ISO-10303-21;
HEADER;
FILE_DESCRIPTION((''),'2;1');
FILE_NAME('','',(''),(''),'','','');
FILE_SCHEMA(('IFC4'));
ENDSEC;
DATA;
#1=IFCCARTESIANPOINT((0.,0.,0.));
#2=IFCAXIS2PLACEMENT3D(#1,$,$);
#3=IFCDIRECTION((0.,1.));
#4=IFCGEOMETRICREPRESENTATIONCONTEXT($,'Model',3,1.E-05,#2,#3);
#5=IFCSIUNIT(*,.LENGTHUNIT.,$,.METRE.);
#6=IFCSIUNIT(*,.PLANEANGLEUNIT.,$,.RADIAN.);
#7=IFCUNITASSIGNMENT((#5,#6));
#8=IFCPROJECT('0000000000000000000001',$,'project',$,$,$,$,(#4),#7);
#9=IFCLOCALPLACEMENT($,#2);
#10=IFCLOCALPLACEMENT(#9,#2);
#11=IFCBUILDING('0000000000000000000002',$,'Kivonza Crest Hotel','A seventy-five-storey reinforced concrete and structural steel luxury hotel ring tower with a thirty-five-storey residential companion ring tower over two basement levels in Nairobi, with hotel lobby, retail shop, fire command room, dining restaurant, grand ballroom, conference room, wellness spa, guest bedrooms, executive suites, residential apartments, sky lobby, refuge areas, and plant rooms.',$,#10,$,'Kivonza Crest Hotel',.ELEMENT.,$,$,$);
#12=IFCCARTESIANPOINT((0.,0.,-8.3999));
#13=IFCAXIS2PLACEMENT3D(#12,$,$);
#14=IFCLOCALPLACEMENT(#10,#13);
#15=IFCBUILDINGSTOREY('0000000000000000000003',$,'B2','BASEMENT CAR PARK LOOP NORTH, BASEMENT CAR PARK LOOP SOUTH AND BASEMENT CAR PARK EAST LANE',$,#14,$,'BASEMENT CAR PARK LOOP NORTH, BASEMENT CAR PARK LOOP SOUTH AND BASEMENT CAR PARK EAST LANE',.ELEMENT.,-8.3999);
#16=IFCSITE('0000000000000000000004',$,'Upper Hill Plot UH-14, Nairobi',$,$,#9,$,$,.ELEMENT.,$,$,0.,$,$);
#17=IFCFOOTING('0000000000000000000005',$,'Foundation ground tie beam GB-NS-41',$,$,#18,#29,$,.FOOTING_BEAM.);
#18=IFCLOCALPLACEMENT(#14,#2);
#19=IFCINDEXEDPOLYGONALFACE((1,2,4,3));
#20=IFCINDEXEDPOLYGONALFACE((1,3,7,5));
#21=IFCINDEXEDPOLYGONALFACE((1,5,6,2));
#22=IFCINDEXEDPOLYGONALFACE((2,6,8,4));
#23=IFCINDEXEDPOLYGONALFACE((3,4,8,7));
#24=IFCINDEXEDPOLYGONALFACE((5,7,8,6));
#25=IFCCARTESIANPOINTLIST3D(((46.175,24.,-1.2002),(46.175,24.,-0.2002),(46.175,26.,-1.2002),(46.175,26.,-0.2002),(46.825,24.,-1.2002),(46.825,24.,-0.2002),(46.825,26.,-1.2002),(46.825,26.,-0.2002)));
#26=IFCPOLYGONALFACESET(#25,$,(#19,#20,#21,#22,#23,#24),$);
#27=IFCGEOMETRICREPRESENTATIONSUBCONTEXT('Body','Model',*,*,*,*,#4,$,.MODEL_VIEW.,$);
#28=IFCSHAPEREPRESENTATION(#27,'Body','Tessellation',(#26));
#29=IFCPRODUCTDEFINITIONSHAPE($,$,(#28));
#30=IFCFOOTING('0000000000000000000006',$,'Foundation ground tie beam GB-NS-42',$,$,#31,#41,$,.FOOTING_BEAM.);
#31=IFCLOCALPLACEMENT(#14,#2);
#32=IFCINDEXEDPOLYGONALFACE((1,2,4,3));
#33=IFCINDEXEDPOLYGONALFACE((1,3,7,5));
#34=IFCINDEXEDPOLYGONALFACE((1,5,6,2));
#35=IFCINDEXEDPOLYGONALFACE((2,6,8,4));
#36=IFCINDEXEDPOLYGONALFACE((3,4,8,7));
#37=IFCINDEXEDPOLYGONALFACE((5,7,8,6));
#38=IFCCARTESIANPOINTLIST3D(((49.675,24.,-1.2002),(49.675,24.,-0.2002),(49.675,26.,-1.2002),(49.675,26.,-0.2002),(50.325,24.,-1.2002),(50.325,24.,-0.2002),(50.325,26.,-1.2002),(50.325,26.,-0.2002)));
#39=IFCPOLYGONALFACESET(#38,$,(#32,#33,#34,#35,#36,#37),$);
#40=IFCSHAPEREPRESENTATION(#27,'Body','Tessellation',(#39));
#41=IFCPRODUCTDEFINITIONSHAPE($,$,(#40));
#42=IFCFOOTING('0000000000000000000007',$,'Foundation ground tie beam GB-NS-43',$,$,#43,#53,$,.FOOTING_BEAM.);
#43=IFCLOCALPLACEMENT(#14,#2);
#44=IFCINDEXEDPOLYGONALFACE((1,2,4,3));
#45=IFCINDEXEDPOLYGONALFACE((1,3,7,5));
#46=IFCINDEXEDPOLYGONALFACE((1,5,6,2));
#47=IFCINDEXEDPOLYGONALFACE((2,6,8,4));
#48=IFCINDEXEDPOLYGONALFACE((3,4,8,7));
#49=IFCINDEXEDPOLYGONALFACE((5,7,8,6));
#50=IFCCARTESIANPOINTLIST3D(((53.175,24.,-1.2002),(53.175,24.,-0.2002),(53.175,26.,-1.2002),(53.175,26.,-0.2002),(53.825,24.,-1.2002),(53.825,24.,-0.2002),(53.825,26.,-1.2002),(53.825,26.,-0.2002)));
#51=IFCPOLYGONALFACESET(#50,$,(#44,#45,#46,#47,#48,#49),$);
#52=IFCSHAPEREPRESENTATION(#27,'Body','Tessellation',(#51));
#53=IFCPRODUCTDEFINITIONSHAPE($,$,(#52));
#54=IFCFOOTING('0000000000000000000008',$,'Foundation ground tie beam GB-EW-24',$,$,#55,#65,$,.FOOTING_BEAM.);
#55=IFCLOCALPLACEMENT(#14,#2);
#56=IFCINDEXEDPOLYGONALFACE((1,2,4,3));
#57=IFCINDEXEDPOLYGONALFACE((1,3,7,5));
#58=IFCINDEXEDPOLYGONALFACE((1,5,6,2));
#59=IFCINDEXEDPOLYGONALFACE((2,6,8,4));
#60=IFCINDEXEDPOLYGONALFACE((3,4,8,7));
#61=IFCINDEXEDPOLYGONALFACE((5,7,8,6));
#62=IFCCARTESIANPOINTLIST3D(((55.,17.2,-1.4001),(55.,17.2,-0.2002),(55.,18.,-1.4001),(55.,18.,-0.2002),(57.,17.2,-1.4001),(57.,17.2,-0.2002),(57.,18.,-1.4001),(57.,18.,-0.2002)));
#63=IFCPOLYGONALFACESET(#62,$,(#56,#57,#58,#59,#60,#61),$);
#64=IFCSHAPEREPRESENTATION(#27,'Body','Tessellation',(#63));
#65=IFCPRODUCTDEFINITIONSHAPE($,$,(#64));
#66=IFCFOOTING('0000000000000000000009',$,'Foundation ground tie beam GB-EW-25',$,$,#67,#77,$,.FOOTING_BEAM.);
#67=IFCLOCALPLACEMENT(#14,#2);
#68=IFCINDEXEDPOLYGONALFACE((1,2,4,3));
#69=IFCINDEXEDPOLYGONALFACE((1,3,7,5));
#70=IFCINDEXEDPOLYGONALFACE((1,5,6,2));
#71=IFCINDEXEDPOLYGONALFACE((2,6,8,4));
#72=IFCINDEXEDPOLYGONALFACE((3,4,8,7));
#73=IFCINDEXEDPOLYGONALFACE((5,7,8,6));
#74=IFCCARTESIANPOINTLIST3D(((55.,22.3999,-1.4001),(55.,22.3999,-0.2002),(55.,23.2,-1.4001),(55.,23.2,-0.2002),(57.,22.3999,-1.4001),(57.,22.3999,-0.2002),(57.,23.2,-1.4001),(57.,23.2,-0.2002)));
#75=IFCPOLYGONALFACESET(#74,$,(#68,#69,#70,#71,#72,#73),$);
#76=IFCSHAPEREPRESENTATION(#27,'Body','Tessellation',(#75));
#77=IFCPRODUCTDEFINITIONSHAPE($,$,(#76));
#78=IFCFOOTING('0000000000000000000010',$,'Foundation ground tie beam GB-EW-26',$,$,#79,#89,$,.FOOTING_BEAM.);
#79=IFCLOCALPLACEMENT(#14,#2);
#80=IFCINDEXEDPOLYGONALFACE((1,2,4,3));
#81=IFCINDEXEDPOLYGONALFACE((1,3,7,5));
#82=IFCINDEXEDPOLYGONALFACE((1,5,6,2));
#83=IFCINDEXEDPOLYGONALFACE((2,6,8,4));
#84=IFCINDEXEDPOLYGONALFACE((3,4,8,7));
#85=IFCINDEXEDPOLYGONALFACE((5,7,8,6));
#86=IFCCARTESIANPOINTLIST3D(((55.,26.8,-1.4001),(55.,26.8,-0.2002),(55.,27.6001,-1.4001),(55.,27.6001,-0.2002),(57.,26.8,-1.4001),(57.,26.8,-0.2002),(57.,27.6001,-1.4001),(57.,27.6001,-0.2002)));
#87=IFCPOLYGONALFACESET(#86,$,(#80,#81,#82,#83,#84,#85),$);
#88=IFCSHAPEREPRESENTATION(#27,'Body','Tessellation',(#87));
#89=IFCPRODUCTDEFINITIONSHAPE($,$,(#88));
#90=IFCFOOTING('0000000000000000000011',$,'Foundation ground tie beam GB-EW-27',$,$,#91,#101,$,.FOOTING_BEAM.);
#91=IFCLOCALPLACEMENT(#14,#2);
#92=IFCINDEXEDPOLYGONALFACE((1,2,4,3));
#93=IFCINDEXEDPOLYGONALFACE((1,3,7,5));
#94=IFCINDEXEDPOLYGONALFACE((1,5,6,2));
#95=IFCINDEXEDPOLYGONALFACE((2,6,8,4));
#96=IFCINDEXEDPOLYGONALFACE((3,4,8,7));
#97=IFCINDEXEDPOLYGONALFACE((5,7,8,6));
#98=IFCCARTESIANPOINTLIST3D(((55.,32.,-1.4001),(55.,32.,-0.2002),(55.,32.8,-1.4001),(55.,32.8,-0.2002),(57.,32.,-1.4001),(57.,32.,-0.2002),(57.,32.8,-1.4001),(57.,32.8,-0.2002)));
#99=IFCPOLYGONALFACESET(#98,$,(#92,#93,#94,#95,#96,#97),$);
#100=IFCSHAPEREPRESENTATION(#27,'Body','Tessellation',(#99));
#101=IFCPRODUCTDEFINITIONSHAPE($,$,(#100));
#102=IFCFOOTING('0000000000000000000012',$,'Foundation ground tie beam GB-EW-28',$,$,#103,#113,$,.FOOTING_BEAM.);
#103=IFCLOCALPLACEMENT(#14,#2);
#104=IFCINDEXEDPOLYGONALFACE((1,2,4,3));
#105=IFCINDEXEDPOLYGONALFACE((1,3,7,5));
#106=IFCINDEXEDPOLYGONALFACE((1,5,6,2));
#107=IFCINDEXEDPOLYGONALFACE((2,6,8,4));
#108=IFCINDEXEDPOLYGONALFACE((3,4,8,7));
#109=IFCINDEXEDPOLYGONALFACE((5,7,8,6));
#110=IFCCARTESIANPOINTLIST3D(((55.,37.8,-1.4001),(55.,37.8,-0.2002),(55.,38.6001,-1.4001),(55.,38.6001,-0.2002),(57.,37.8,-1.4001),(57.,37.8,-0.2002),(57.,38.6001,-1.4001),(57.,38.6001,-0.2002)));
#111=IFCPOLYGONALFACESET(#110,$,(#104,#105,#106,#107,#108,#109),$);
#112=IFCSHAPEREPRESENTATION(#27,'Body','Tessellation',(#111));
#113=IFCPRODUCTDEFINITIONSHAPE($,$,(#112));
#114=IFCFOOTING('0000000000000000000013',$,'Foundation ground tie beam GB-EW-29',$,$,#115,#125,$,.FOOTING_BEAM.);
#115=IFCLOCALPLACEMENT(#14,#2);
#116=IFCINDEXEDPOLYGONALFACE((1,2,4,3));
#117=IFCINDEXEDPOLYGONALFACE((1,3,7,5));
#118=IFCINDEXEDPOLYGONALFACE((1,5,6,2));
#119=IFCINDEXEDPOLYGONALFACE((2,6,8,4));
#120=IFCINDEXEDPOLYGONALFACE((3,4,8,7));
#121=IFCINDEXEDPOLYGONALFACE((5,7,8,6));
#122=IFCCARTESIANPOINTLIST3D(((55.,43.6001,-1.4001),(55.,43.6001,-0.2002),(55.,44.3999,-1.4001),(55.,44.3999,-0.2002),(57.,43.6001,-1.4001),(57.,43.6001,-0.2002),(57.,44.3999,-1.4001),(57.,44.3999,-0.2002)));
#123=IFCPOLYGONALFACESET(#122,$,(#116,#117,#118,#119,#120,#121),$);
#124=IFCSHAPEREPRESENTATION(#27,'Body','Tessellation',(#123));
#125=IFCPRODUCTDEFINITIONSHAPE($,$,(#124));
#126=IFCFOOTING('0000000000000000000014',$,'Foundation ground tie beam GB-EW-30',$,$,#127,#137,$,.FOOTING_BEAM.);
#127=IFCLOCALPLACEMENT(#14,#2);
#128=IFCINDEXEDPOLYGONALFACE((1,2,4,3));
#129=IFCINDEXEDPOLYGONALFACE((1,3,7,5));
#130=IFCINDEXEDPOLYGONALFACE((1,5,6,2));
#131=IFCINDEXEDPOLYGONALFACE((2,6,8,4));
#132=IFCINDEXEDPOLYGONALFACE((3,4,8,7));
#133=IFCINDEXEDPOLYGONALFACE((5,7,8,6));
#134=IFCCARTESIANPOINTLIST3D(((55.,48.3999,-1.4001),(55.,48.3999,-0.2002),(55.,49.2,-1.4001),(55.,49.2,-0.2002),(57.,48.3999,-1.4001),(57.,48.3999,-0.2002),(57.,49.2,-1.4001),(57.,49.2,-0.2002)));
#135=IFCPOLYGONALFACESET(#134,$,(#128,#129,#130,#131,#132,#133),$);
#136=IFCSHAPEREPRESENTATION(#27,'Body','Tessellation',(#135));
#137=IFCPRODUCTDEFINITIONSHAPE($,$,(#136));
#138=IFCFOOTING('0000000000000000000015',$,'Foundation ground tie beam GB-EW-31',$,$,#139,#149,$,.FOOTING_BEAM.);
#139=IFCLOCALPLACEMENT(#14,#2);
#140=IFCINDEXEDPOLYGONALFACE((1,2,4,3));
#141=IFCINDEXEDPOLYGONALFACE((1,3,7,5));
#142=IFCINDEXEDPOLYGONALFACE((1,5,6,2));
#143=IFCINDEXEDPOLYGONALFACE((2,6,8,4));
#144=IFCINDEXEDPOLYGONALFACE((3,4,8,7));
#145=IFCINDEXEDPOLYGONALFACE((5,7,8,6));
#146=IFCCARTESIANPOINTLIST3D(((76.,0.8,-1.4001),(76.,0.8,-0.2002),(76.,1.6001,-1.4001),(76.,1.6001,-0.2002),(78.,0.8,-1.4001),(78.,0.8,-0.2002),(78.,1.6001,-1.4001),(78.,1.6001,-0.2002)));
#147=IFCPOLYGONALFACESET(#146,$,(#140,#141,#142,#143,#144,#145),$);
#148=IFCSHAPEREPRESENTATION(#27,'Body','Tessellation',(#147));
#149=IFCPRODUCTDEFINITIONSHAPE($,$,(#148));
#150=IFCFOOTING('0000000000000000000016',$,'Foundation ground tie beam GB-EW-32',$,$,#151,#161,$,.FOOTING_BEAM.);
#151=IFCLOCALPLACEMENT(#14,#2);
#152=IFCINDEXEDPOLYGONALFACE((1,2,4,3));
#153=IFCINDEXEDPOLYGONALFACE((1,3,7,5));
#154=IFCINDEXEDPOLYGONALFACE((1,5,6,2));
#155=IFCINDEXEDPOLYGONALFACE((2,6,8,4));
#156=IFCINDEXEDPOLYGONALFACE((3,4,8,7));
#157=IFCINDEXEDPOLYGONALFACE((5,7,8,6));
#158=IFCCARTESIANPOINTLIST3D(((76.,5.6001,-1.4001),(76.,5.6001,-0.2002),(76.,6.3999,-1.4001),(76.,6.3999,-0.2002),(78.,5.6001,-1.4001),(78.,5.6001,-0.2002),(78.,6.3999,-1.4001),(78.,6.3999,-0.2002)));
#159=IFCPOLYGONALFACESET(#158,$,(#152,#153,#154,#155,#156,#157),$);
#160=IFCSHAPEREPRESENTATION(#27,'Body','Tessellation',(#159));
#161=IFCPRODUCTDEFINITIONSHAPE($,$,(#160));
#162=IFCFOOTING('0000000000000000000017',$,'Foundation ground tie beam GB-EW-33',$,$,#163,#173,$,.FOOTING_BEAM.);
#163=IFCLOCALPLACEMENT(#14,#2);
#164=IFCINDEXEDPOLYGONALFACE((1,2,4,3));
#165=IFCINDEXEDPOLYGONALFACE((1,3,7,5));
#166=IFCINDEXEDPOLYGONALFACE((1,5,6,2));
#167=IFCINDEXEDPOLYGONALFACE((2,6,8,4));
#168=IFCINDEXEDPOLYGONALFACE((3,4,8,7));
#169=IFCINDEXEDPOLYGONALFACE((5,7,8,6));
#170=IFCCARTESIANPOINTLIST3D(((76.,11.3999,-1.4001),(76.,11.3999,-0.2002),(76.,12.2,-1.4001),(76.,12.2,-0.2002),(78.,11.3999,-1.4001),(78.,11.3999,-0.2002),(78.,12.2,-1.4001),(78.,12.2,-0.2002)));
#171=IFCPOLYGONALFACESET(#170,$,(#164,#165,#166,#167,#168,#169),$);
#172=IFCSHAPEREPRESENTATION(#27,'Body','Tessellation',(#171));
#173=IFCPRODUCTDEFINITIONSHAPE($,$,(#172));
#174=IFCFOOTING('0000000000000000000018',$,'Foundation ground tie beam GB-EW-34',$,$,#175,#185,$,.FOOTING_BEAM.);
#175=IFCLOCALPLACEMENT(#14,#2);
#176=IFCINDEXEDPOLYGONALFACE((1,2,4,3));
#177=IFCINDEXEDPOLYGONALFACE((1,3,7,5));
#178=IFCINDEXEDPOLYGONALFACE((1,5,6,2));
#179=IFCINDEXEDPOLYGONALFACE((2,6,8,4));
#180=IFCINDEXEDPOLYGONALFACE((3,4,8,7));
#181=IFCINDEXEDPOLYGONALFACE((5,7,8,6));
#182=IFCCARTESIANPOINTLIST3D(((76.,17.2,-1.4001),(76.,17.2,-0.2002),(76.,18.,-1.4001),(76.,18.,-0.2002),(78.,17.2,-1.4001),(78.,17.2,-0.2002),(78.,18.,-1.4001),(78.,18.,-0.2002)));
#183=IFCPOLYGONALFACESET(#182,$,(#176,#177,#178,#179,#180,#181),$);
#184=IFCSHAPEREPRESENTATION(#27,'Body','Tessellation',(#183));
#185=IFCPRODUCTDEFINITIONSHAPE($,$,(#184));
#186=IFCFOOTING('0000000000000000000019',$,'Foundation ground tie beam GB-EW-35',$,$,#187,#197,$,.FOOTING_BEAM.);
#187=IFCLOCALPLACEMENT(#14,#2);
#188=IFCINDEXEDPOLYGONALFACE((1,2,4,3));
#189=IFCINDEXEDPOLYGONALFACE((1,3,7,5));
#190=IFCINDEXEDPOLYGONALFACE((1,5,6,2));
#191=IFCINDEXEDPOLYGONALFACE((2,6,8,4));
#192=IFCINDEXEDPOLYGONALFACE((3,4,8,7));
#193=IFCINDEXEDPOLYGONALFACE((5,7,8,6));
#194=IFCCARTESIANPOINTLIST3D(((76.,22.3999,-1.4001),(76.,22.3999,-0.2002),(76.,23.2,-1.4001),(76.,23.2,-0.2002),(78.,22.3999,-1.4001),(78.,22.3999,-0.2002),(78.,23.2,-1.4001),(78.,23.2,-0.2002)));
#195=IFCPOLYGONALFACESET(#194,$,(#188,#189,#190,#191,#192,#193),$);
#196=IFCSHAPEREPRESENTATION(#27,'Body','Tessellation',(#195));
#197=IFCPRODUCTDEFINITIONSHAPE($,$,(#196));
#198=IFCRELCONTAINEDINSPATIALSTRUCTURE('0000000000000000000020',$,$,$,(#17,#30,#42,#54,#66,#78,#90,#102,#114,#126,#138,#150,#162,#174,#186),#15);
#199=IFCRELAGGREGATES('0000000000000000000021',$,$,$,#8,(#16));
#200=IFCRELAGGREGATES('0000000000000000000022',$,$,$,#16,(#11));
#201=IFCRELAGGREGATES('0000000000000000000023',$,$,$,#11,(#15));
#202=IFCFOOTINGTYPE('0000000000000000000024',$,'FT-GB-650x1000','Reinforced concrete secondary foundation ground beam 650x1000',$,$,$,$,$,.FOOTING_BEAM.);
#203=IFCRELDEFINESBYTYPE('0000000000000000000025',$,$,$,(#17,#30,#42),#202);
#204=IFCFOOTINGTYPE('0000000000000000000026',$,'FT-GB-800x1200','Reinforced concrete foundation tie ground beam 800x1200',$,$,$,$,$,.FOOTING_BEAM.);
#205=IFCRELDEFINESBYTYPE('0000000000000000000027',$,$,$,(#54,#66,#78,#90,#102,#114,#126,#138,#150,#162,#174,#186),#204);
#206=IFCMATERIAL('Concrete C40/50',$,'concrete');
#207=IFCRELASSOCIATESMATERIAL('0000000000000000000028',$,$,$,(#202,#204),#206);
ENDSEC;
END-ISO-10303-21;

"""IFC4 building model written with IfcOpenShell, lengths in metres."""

from ifc_helpers import new_model, si_unit, direction, frame, origin, place, context, subcontext, project, spatial, polyline, outline, extrude, material, type_object, element, save


model = new_model("IFC4")

# Units and contexts
model_context = context("Model", 3, precision=1e-05, world=origin(), true_north=direction((0.0, 1.0)))
body_context = subcontext(model_context, "Body", "Model", "MODEL_VIEW")
ifc_project = project(units=[si_unit("LENGTHUNIT", "METRE"), si_unit("PLANEANGLEUNIT", "RADIAN")], contexts=[model_context])

# Site, building, storey
site_placement = place(None, origin())
site = spatial("IfcSite", under=ifc_project, at=site_placement, Name="Upper Hill Plot UH-14, Nairobi", CompositionType="ELEMENT", RefElevation=0.0)
building_placement = place(site_placement, origin())
building = spatial("IfcBuilding", under=site, at=building_placement, Name="Kivonza Crest Hotel", Description="A seventy-five-storey reinforced concrete and structural steel luxury hotel ring tower with a thirty-five-storey residential companion ring tower over two basement levels in Nairobi, with hotel lobby, retail shop, fire command room, dining restaurant, grand ballroom, conference room, wellness spa, guest bedrooms, executive suites, residential apartments, sky lobby, refuge areas, and plant rooms.", LongName="Kivonza Crest Hotel", CompositionType="ELEMENT")
storey_placement = place(building_placement, frame((0.0, 0.0, -8.3999)))
storey = spatial("IfcBuildingStorey", under=building, at=storey_placement, Name="B2", Description="BASEMENT CAR PARK LOOP NORTH, BASEMENT CAR PARK LOOP SOUTH AND BASEMENT CAR PARK EAST LANE", LongName="BASEMENT CAR PARK LOOP NORTH, BASEMENT CAR PARK LOOP SOUTH AND BASEMENT CAR PARK EAST LANE", CompositionType="ELEMENT", Elevation=-8.3999)

# Footings
ifc_material = material(Name="Concrete C40/50", Category="concrete")
footing_type_1 = type_object("IfcFootingType", Name="FT-GB-650x1000", Description="Reinforced concrete secondary foundation ground beam 650x1000", PredefinedType="FOOTING_BEAM", material=ifc_material)
footing_1_placement = place(storey_placement, frame((0.0, 0.0, -1.2002)))
element("IfcFooting", 1, at=footing_1_placement, inside=storey, type_object=footing_type_1, Name="Foundation ground tie beam GB-NS-41", PredefinedType="FOOTING_BEAM", context=body_context, shape_type="SweptSolid", body=[
    extrude(outline(polyline([(46.175, 24.0), (46.825, 24.0), (46.825, 26.0), (46.175, 26.0), (46.175, 24.0)])), origin(), (0.0, 0.0, 1.0), 1.0),
])
footing_2_placement = place(storey_placement, frame((0.0, 0.0, -1.2002)))
element("IfcFooting", 2, at=footing_2_placement, inside=storey, type_object=footing_type_1, Name="Foundation ground tie beam GB-NS-42", PredefinedType="FOOTING_BEAM", context=body_context, shape_type="SweptSolid", body=[
    extrude(outline(polyline([(49.675, 24.0), (50.325, 24.0), (50.325, 26.0), (49.675, 26.0), (49.675, 24.0)])), origin(), (0.0, 0.0, 1.0), 1.0),
])
footing_3_placement = place(storey_placement, frame((0.0, 0.0, -1.2002)))
element("IfcFooting", 3, at=footing_3_placement, inside=storey, type_object=footing_type_1, Name="Foundation ground tie beam GB-NS-43", PredefinedType="FOOTING_BEAM", context=body_context, shape_type="SweptSolid", body=[
    extrude(outline(polyline([(53.175, 24.0), (53.825, 24.0), (53.825, 26.0), (53.175, 26.0), (53.175, 24.0)])), origin(), (0.0, 0.0, 1.0), 1.0),
])
footing_type_2 = type_object("IfcFootingType", Name="FT-GB-800x1200", Description="Reinforced concrete foundation tie ground beam 800x1200", PredefinedType="FOOTING_BEAM", material=ifc_material)
footing_4_placement = place(storey_placement, frame((0.0, 0.0, -1.4001)))
element("IfcFooting", 4, at=footing_4_placement, inside=storey, type_object=footing_type_2, Name="Foundation ground tie beam GB-EW-24", PredefinedType="FOOTING_BEAM", context=body_context, shape_type="SweptSolid", body=[
    extrude(outline(polyline([(55.0, 17.2), (57.0, 17.2), (57.0, 18.0), (55.0, 18.0), (55.0, 17.2)])), origin(), (0.0, 0.0, 1.0), 1.2),
])
footing_5_placement = place(storey_placement, frame((0.0, 0.0, -1.4001)))
element("IfcFooting", 5, at=footing_5_placement, inside=storey, type_object=footing_type_2, Name="Foundation ground tie beam GB-EW-25", PredefinedType="FOOTING_BEAM", context=body_context, shape_type="SweptSolid", body=[
    extrude(outline(polyline([(55.0, 22.3999), (57.0, 22.3999), (57.0, 23.2), (55.0, 23.2), (55.0, 22.3999)])), origin(), (0.0, 0.0, 1.0), 1.2),
])
footing_6_placement = place(storey_placement, frame((0.0, 0.0, -1.4001)))
element("IfcFooting", 6, at=footing_6_placement, inside=storey, type_object=footing_type_2, Name="Foundation ground tie beam GB-EW-26", PredefinedType="FOOTING_BEAM", context=body_context, shape_type="SweptSolid", body=[
    extrude(outline(polyline([(55.0, 26.8), (57.0, 26.8), (57.0, 27.6001), (55.0, 27.6001), (55.0, 26.8)])), origin(), (0.0, 0.0, 1.0), 1.2),
])
footing_7_placement = place(storey_placement, frame((0.0, 0.0, -1.4001)))
element("IfcFooting", 7, at=footing_7_placement, inside=storey, type_object=footing_type_2, Name="Foundation ground tie beam GB-EW-27", PredefinedType="FOOTING_BEAM", context=body_context, shape_type="SweptSolid", body=[
    extrude(outline(polyline([(55.0, 32.0), (57.0, 32.0), (57.0, 32.8), (55.0, 32.8), (55.0, 32.0)])), origin(), (0.0, 0.0, 1.0), 1.2),
])
footing_8_placement = place(storey_placement, frame((0.0, 0.0, -1.4001)))
element("IfcFooting", 8, at=footing_8_placement, inside=storey, type_object=footing_type_2, Name="Foundation ground tie beam GB-EW-28", PredefinedType="FOOTING_BEAM", context=body_context, shape_type="SweptSolid", body=[
    extrude(outline(polyline([(55.0, 37.8), (57.0, 37.8), (57.0, 38.6001), (55.0, 38.6001), (55.0, 37.8)])), origin(), (0.0, 0.0, 1.0), 1.2),
])
footing_9_placement = place(storey_placement, frame((0.0, 0.0, -1.4001)))
element("IfcFooting", 9, at=footing_9_placement, inside=storey, type_object=footing_type_2, Name="Foundation ground tie beam GB-EW-29", PredefinedType="FOOTING_BEAM", context=body_context, shape_type="SweptSolid", body=[
    extrude(outline(polyline([(55.0, 43.6001), (57.0, 43.6001), (57.0, 44.3999), (55.0, 44.3999), (55.0, 43.6001)])), origin(), (0.0, 0.0, 1.0), 1.2),
])
footing_10_placement = place(storey_placement, frame((0.0, 0.0, -1.4001)))
element("IfcFooting", 10, at=footing_10_placement, inside=storey, type_object=footing_type_2, Name="Foundation ground tie beam GB-EW-30", PredefinedType="FOOTING_BEAM", context=body_context, shape_type="SweptSolid", body=[
    extrude(outline(polyline([(55.0, 48.3999), (57.0, 48.3999), (57.0, 49.2), (55.0, 49.2), (55.0, 48.3999)])), origin(), (0.0, 0.0, 1.0), 1.2),
])
footing_11_placement = place(storey_placement, frame((0.0, 0.0, -1.4001)))
element("IfcFooting", 11, at=footing_11_placement, inside=storey, type_object=footing_type_2, Name="Foundation ground tie beam GB-EW-31", PredefinedType="FOOTING_BEAM", context=body_context, shape_type="SweptSolid", body=[
    extrude(outline(polyline([(76.0, 0.8), (78.0, 0.8), (78.0, 1.6001), (76.0, 1.6001), (76.0, 0.8)])), origin(), (0.0, 0.0, 1.0), 1.2),
])
footing_12_placement = place(storey_placement, frame((0.0, 0.0, -1.4001)))
element("IfcFooting", 12, at=footing_12_placement, inside=storey, type_object=footing_type_2, Name="Foundation ground tie beam GB-EW-32", PredefinedType="FOOTING_BEAM", context=body_context, shape_type="SweptSolid", body=[
    extrude(outline(polyline([(76.0, 5.6001), (78.0, 5.6001), (78.0, 6.3999), (76.0, 6.3999), (76.0, 5.6001)])), origin(), (0.0, 0.0, 1.0), 1.2),
])
footing_13_placement = place(storey_placement, frame((0.0, 0.0, -1.4001)))
element("IfcFooting", 13, at=footing_13_placement, inside=storey, type_object=footing_type_2, Name="Foundation ground tie beam GB-EW-33", PredefinedType="FOOTING_BEAM", context=body_context, shape_type="SweptSolid", body=[
    extrude(outline(polyline([(76.0, 11.3999), (78.0, 11.3999), (78.0, 12.2), (76.0, 12.2), (76.0, 11.3999)])), origin(), (0.0, 0.0, 1.0), 1.2),
])
footing_14_placement = place(storey_placement, frame((0.0, 0.0, -1.4001)))
element("IfcFooting", 14, at=footing_14_placement, inside=storey, type_object=footing_type_2, Name="Foundation ground tie beam GB-EW-34", PredefinedType="FOOTING_BEAM", context=body_context, shape_type="SweptSolid", body=[
    extrude(outline(polyline([(76.0, 17.2), (78.0, 17.2), (78.0, 18.0), (76.0, 18.0), (76.0, 17.2)])), origin(), (0.0, 0.0, 1.0), 1.2),
])
footing_15_placement = place(storey_placement, frame((0.0, 0.0, -1.4001)))
element("IfcFooting", 15, at=footing_15_placement, inside=storey, type_object=footing_type_2, Name="Foundation ground tie beam GB-EW-35", PredefinedType="FOOTING_BEAM", context=body_context, shape_type="SweptSolid", body=[
    extrude(outline(polyline([(76.0, 22.3999), (78.0, 22.3999), (78.0, 23.2), (76.0, 23.2), (76.0, 22.3999)])), origin(), (0.0, 0.0, 1.0), 1.2),
])

save(model, "model.ifc")
